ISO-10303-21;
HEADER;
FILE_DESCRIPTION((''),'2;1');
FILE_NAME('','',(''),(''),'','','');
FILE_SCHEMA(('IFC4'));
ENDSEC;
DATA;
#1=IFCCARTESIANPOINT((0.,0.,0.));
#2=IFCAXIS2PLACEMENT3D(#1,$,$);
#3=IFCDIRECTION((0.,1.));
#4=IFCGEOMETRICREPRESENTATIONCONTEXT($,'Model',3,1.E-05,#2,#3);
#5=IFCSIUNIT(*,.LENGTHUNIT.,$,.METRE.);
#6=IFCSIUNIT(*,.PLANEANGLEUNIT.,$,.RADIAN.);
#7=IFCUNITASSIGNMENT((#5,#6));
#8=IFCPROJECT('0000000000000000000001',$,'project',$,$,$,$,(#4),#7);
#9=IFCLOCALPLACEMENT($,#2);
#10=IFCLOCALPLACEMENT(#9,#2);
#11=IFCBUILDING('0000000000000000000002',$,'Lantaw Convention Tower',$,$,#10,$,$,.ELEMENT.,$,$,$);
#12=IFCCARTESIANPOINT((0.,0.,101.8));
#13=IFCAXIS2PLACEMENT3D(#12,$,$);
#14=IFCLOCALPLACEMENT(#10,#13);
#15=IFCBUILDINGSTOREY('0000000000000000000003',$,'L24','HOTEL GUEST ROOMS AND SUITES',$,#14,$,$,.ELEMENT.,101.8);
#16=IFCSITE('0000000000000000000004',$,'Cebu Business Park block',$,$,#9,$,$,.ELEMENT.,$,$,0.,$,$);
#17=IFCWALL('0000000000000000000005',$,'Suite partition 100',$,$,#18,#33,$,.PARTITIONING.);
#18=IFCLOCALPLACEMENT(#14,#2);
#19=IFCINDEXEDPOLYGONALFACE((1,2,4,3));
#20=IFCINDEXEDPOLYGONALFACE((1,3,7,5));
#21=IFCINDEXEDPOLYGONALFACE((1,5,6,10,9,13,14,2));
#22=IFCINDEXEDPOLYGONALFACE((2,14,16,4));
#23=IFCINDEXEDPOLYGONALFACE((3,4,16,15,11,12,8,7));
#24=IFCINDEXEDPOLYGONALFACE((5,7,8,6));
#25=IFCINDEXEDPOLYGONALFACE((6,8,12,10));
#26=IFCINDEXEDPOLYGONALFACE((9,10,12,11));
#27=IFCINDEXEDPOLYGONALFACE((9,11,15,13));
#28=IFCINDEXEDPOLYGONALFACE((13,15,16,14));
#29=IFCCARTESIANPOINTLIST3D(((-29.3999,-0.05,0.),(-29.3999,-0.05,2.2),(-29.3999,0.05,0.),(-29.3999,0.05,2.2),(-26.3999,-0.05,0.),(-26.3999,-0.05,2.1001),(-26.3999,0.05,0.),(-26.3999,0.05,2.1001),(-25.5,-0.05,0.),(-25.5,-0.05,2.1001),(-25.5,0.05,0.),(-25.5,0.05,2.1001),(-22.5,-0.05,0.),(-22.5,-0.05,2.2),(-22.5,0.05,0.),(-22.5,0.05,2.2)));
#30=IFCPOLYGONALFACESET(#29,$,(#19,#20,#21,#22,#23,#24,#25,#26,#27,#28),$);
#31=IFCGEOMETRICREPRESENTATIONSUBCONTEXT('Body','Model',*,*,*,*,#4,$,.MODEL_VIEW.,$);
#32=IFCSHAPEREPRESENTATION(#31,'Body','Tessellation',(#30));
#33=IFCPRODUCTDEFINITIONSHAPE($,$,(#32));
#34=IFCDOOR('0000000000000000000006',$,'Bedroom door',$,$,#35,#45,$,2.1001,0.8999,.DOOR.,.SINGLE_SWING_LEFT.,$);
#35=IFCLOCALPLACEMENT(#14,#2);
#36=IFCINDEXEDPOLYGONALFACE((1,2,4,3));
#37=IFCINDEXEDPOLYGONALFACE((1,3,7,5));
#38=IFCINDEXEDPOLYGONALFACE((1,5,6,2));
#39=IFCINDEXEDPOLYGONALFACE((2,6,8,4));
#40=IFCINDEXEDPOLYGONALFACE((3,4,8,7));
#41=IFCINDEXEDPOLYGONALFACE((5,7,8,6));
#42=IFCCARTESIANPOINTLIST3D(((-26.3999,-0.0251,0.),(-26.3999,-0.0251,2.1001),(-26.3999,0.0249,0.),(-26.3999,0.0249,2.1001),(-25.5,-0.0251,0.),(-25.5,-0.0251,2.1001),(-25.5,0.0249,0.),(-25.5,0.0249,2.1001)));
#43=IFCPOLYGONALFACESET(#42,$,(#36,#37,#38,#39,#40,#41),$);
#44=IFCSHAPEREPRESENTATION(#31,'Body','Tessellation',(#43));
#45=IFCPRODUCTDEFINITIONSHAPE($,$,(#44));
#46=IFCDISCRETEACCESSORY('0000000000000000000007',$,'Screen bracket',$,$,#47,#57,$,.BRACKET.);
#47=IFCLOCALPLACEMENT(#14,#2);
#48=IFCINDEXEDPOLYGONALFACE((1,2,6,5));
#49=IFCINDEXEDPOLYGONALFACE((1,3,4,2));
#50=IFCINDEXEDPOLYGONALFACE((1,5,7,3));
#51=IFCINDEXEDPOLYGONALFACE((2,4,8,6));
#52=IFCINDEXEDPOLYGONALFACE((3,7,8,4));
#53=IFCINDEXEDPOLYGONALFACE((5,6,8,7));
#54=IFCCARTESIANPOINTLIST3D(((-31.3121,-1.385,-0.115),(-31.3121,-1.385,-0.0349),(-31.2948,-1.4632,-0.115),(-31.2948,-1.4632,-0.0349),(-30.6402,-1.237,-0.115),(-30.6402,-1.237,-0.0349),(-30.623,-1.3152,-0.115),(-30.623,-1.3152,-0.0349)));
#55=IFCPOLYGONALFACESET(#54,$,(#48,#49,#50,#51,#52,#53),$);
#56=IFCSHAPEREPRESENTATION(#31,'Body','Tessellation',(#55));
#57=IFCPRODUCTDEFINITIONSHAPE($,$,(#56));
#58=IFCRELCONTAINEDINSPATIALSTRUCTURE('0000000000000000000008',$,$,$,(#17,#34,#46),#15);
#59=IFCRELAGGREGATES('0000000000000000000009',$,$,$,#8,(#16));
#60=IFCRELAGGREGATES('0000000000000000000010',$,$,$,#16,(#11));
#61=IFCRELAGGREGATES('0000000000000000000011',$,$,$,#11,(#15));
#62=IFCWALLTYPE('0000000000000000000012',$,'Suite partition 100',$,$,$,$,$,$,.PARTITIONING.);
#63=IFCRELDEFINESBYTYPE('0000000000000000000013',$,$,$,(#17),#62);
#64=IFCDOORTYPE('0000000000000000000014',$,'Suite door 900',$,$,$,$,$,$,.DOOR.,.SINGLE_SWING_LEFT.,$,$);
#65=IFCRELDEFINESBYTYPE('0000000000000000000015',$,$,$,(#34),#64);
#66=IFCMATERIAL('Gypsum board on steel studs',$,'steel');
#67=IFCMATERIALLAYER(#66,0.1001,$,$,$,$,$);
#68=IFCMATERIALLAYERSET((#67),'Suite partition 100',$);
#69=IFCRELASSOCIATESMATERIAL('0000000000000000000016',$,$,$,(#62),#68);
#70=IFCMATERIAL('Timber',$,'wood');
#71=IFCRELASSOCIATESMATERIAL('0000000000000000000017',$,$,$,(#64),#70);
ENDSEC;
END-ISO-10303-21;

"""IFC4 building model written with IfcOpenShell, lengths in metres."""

from ifc_helpers import new_model, si_unit, direction, frame, frame_2d, origin, origin_2d, place, context, subcontext, project, spatial, rectangle, extrude, material, layer, layer_set, type_object, element, fill, save


model = new_model("IFC4")

# Units and contexts
model_context = context("Model", 3, precision=1e-05, world=origin(), true_north=direction((0.0, 1.0)))
body_context = subcontext(model_context, "Body", "Model", "MODEL_VIEW")
ifc_project = project(units=[si_unit("LENGTHUNIT", "METRE"), si_unit("PLANEANGLEUNIT", "RADIAN")], contexts=[model_context])

# Site, building, storey
site_placement = place(None, origin())
site = spatial("IfcSite", under=ifc_project, at=site_placement, Name="Cebu Business Park block", CompositionType="ELEMENT", RefElevation=0.0)
building_placement = place(site_placement, origin())
building = spatial("IfcBuilding", under=site, at=building_placement, Name="Lantaw Convention Tower", CompositionType="ELEMENT")
storey_placement = place(building_placement, frame((0.0, 0.0, 101.8)))
storey = spatial("IfcBuildingStorey", under=building, at=storey_placement, Name="L24", Description="HOTEL GUEST ROOMS AND SUITES", CompositionType="ELEMENT", Elevation=101.8)

# Shared definitions
ifc_material_1 = material(Name="Timber", Category="wood")

# Wall, opening, door
ifc_material_2 = material(Name="Gypsum board on steel studs", Category="steel")
ifc_layer_1 = layer(ifc_material_2, 0.1001)
ifc_layer_set_1 = layer_set([ifc_layer_1], Name="Suite partition 100")
wall_type_1 = type_object("IfcWallType", Name="Suite partition 100", PredefinedType="PARTITIONING", material=ifc_layer_set_1)
wall_1_placement = place(storey_placement, frame((-29.3999, 0.0, 0.0), z_axis=(0.0, 0.0, 1.0), x_axis=(1.0, 0.0, 0.0)))
wall_1 = element("IfcWall", 1, at=wall_1_placement, inside=storey, type_object=wall_type_1, Name="Suite partition 100", PredefinedType="PARTITIONING", context=body_context, shape_type="SweptSolid", body=[
    extrude(rectangle(XDim=6.8999, YDim=0.1001, at=frame_2d((3.45, 0.0))), origin(), (0.0, 0.0, 1.0), 2.2),
])
opening_1_placement = place(wall_1_placement, frame((3.0, 0.0, 0.0)))
opening_1 = element("IfcOpeningElement", 2, at=opening_1_placement, cuts=wall_1, PredefinedType="OPENING", context=body_context, shape_type="SweptSolid", body=[
    extrude(rectangle(XDim=0.8999, YDim=2.1001, at=frame_2d((0.45, 1.05))), frame((0.0, 0.0601, 0.0), z_axis=(0.0, -1.0, 0.0), x_axis=(1.0, 0.0, 0.0)), (0.0, 0.0, 1.0), 0.1201),
])
door_type_1 = type_object("IfcDoorType", Name="Suite door 900", OperationType="SINGLE_SWING_LEFT", PredefinedType="DOOR", material=ifc_material_1)
door_1_placement = place(opening_1_placement, origin())
door_1 = element("IfcDoor", 3, at=door_1_placement, inside=storey, type_object=door_type_1, Name="Bedroom door", OperationType="SINGLE_SWING_LEFT", OverallHeight=2.1001, OverallWidth=0.8999, PredefinedType="DOOR", context=body_context, shape_type="SweptSolid", body=[
    extrude(rectangle(XDim=0.8999, YDim=2.1001, at=frame_2d((0.45, 1.05))), frame((0.0, 0.0249, 0.0), z_axis=(0.0, -1.0, 0.0), x_axis=(1.0, 0.0, 0.0)), (0.0, 0.0, 1.0), 0.05),
])
fill(opening_1, door_1)

# Discrete accessory
discrete_accessory_placement = place(storey_placement, frame((-30.9675, -1.3501, -0.115), z_axis=(0.0, 0.0, 1.0), x_axis=(0.215246, -0.97656, 0.0)))
element("IfcDiscreteAccessory", 4, at=discrete_accessory_placement, inside=storey, Name="Screen bracket", PredefinedType="BRACKET", context=body_context, shape_type="SweptSolid", body=[
    extrude(rectangle(XDim=0.0801, YDim=0.688, at=origin_2d()), origin(), (0.0, 0.0, 1.0), 0.0801),
])

save(model, "model.ifc")
